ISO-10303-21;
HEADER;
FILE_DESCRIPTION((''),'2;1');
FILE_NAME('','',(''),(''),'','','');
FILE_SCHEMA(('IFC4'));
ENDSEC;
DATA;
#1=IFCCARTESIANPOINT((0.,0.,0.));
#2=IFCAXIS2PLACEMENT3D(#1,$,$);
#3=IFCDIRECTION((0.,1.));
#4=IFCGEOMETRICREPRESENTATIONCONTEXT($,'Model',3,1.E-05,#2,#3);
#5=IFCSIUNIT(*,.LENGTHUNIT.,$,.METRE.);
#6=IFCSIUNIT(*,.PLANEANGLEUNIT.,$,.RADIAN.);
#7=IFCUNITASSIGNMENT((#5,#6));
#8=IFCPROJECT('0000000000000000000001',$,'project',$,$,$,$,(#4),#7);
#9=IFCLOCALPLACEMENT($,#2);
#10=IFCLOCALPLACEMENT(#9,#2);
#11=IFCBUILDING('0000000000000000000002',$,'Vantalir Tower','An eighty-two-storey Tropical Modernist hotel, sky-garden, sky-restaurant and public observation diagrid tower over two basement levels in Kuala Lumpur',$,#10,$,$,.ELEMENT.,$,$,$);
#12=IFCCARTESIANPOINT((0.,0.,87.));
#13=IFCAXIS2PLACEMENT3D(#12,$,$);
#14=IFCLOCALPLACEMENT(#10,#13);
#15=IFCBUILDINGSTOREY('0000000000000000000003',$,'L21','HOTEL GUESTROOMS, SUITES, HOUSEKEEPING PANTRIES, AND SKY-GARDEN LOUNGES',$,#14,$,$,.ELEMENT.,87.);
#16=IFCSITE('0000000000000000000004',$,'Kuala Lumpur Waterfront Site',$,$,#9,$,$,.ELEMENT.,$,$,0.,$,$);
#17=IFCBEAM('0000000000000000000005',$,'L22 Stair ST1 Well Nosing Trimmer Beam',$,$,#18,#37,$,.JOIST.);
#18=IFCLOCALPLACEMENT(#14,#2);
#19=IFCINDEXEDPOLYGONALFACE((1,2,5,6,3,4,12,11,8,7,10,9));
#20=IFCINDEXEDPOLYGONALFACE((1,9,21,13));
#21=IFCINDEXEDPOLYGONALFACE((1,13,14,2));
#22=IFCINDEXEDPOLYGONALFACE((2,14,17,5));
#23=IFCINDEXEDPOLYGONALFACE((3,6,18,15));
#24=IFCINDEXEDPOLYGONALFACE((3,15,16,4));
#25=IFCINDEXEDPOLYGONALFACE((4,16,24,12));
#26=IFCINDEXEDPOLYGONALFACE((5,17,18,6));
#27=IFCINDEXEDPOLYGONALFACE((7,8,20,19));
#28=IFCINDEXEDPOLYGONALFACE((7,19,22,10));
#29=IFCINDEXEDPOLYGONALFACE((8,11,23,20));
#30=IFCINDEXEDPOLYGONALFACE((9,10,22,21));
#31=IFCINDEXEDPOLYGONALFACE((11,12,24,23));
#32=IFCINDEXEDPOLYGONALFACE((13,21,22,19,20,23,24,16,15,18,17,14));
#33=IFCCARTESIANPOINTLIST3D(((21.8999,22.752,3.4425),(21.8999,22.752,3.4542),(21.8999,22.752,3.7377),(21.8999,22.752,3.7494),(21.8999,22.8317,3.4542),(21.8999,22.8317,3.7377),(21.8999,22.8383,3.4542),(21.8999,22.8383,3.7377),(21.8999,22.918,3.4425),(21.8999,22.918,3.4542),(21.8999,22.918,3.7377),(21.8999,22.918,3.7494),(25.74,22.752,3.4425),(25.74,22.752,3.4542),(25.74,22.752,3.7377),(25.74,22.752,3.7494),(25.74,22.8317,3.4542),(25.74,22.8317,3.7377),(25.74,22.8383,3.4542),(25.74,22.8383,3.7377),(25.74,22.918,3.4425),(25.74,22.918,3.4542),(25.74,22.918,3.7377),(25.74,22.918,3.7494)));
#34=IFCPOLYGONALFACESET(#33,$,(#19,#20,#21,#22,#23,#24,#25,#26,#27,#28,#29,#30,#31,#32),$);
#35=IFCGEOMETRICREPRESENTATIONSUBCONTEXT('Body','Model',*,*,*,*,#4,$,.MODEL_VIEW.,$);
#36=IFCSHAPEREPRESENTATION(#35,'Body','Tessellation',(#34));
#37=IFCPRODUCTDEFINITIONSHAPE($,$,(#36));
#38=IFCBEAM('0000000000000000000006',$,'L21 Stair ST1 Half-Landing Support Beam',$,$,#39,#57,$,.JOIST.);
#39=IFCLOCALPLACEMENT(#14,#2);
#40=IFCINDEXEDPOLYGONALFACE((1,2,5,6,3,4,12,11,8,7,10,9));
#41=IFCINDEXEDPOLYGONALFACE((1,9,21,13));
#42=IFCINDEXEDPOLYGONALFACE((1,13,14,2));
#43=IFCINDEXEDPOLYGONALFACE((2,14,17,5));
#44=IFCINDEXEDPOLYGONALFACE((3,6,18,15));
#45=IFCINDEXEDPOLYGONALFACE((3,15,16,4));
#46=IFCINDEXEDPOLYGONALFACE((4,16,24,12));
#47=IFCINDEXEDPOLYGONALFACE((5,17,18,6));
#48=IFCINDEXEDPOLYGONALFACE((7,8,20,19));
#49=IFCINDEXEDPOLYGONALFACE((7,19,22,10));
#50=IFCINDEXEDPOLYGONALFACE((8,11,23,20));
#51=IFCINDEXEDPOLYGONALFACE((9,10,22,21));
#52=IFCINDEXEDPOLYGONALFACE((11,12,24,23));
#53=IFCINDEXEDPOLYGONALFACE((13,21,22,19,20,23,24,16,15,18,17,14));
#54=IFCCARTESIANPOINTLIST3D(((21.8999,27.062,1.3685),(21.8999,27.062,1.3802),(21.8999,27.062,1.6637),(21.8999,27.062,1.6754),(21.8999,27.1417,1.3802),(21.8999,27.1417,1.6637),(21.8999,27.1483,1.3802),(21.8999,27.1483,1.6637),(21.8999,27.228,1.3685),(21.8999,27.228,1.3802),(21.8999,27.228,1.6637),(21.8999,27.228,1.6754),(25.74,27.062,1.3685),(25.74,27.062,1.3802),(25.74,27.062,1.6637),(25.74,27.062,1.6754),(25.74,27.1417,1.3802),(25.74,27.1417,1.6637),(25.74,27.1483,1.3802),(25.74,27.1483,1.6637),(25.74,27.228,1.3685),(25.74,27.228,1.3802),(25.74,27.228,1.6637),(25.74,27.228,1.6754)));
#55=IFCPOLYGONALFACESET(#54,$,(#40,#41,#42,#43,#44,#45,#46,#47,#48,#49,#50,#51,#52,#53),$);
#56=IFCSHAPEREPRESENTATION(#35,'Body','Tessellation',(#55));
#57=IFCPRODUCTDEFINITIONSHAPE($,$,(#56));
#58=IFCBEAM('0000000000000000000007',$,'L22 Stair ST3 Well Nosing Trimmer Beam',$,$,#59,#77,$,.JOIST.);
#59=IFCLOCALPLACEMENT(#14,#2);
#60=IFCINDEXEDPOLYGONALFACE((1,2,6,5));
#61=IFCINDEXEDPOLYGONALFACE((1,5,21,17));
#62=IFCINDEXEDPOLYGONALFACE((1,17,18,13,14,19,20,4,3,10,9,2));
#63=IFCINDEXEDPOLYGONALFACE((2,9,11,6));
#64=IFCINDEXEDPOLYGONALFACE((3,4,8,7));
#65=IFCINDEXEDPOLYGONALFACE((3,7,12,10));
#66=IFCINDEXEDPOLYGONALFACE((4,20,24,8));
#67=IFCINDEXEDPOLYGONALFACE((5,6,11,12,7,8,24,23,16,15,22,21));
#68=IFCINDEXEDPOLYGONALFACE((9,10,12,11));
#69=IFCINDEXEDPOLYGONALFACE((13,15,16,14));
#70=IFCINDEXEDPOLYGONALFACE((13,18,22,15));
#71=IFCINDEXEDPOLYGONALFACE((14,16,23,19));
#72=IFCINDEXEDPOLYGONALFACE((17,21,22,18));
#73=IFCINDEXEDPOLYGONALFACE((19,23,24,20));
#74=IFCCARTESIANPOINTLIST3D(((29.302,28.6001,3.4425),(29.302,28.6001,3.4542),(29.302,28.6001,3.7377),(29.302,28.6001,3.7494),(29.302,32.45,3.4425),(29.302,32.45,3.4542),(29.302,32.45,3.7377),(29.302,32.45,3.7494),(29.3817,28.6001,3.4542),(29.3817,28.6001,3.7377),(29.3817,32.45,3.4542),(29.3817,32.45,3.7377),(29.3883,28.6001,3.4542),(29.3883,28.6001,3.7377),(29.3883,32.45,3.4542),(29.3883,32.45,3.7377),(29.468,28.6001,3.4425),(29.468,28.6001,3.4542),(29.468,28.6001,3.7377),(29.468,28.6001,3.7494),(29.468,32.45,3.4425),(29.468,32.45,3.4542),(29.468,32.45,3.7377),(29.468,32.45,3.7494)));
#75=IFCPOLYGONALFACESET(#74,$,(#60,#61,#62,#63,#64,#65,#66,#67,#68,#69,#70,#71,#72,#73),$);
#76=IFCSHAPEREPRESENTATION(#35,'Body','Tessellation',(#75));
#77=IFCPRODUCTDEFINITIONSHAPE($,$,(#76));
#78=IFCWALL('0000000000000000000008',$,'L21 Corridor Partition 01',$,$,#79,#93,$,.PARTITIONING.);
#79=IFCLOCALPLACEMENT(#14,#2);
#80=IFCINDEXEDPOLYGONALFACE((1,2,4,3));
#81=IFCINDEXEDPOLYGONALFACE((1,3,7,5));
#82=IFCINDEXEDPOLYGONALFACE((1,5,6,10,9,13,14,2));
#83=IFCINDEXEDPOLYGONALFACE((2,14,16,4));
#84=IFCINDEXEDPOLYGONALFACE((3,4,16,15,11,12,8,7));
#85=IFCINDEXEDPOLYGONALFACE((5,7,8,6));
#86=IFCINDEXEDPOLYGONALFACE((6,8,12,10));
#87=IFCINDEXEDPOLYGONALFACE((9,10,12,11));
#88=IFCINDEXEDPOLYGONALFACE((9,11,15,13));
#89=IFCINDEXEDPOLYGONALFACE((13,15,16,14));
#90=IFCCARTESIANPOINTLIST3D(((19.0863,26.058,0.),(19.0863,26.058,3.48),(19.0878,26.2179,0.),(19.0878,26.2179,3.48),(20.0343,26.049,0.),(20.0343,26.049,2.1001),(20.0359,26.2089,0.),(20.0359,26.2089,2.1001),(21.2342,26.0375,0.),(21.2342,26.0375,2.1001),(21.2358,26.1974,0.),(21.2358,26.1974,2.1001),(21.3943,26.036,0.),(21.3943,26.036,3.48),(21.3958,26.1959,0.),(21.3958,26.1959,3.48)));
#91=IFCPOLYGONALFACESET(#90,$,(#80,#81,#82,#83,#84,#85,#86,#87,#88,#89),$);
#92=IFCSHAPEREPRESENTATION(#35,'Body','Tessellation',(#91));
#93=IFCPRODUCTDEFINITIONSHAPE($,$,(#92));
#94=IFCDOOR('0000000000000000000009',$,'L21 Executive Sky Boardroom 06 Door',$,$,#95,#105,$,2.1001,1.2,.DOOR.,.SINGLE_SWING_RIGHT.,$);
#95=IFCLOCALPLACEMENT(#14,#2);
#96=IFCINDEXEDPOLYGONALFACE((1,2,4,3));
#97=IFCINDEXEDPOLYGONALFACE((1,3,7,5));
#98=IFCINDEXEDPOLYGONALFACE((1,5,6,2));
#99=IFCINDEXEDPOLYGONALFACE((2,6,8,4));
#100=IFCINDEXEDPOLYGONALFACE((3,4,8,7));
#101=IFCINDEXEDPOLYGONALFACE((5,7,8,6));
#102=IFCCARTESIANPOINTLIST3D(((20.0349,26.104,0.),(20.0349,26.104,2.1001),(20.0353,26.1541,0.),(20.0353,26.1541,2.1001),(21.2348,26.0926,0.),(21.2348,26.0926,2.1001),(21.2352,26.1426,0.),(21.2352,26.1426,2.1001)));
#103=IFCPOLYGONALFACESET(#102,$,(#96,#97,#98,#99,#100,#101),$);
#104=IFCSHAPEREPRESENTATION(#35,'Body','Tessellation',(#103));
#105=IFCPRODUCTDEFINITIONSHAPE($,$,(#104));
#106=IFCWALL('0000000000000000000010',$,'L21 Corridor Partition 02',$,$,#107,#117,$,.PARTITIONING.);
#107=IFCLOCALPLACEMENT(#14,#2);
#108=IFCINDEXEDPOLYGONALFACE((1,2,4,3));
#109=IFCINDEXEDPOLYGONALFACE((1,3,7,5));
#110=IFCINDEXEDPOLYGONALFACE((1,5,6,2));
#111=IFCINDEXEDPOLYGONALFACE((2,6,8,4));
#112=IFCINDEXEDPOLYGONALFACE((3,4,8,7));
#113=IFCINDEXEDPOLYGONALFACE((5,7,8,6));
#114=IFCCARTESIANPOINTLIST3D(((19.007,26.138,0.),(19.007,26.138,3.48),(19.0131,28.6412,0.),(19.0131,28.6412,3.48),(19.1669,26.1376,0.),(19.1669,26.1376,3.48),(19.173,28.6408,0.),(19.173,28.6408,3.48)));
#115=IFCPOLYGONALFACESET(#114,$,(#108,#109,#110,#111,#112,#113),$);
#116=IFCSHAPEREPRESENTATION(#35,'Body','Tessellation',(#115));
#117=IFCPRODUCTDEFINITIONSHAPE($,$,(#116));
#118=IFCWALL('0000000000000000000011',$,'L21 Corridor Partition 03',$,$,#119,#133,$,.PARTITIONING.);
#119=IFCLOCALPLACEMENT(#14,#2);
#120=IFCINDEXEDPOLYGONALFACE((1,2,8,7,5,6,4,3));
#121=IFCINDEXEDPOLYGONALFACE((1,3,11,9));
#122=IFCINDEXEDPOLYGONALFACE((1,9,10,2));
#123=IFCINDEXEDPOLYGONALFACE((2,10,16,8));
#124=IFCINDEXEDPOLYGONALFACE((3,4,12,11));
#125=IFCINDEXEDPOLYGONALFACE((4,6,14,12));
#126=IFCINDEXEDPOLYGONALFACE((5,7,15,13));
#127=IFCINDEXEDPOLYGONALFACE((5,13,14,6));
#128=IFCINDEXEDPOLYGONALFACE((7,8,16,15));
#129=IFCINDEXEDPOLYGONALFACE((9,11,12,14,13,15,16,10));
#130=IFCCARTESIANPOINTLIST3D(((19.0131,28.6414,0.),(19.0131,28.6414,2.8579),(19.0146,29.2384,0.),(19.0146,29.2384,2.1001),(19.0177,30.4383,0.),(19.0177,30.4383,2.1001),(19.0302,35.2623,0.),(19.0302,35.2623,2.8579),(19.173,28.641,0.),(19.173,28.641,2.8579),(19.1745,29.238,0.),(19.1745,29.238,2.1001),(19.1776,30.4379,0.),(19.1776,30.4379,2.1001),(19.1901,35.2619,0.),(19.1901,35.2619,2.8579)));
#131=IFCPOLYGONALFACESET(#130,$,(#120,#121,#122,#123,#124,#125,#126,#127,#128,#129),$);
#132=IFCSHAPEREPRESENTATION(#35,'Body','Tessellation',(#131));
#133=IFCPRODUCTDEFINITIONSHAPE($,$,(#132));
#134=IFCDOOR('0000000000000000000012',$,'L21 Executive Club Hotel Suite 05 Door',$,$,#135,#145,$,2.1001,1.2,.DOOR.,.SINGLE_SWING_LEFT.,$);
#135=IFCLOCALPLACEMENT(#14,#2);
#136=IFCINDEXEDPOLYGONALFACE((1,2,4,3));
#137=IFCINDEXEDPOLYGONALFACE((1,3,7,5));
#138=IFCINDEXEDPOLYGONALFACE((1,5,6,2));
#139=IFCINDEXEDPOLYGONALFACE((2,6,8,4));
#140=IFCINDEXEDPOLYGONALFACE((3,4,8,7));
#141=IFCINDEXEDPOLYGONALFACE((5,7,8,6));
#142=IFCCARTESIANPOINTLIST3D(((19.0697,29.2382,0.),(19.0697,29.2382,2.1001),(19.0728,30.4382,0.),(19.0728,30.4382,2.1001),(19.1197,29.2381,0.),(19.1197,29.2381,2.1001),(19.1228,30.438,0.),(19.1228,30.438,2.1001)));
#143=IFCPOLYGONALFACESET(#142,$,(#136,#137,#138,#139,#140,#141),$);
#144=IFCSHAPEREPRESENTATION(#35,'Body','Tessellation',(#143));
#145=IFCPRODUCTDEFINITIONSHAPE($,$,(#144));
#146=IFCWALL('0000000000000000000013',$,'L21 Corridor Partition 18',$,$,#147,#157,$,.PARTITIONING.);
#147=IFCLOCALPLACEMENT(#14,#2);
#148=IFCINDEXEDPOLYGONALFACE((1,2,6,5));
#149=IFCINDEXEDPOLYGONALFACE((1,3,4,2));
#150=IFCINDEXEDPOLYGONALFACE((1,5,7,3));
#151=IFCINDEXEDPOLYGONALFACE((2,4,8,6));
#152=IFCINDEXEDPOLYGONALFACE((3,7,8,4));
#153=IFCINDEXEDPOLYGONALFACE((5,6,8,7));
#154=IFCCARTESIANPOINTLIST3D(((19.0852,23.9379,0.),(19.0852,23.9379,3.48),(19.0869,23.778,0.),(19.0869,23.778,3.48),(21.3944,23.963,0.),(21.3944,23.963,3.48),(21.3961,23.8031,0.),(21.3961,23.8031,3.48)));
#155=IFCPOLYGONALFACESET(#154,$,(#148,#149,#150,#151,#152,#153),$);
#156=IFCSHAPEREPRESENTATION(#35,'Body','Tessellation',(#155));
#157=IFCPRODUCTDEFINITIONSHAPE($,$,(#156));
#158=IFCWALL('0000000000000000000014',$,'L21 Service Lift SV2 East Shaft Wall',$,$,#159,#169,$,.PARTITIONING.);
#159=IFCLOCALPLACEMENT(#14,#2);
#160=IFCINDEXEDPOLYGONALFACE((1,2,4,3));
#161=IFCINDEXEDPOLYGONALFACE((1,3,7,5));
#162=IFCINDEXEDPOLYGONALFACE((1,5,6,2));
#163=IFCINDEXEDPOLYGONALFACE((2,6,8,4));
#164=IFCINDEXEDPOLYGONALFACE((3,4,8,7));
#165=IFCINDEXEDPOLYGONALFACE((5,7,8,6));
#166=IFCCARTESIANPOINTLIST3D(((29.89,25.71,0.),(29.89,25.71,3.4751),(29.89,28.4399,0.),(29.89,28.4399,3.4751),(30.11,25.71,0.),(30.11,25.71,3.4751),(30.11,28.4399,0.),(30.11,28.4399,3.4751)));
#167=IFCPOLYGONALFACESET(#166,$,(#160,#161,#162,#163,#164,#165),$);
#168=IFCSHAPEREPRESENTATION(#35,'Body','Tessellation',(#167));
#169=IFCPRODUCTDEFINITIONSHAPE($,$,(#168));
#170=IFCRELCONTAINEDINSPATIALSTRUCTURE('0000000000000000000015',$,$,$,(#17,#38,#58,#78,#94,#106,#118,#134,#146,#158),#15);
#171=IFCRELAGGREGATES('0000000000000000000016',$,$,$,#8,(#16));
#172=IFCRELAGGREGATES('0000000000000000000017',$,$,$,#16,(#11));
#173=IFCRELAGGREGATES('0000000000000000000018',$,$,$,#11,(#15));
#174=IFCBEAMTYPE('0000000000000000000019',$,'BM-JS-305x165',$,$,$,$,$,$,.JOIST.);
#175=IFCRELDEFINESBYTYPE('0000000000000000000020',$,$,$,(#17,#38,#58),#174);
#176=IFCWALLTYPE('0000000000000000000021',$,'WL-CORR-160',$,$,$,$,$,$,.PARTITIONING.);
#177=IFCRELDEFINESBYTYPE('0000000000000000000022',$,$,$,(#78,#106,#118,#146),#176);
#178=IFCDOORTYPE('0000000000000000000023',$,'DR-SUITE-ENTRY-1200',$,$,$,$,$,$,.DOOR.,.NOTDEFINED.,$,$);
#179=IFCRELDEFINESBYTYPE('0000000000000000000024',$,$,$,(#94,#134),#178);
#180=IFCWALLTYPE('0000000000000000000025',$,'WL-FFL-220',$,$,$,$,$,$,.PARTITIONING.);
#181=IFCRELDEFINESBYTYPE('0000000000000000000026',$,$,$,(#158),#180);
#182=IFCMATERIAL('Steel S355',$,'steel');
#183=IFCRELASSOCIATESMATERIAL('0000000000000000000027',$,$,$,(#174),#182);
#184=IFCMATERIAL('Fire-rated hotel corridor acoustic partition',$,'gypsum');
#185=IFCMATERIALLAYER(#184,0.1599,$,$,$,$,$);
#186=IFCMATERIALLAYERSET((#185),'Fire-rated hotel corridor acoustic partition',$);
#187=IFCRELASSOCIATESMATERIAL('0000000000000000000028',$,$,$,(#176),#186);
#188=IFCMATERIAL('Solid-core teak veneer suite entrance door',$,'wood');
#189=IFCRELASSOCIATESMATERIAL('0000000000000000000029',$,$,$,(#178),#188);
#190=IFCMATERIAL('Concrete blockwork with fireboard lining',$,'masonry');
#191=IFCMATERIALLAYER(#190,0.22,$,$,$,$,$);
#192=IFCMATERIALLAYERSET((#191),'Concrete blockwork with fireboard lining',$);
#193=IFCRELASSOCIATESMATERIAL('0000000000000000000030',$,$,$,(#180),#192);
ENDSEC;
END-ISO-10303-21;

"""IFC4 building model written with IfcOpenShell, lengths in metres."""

from ifc_helpers import new_model, si_unit, direction, frame, frame_2d, origin, origin_2d, place, context, subcontext, project, spatial, rectangle, i_section, extrude, material, layer, layer_set, material_profile, profile_set, type_object, element, fill, save


model = new_model("IFC4")

# Units and contexts
model_context = context("Model", 3, precision=1e-05, world=origin(), true_north=direction((0.0, 1.0)))
body_context = subcontext(model_context, "Body", "Model", "MODEL_VIEW")
ifc_project = project(units=[si_unit("LENGTHUNIT", "METRE"), si_unit("PLANEANGLEUNIT", "RADIAN")], contexts=[model_context])

# Site, building, storey
site_placement = place(None, origin())
site = spatial("IfcSite", under=ifc_project, at=site_placement, Name="Kuala Lumpur Waterfront Site", CompositionType="ELEMENT", RefElevation=0.0)
building_placement = place(site_placement, origin())
building = spatial("IfcBuilding", under=site, at=building_placement, Name="Vantalir Tower", Description="An eighty-two-storey Tropical Modernist hotel, sky-garden, sky-restaurant and public observation diagrid tower over two basement levels in Kuala Lumpur", CompositionType="ELEMENT")
storey_placement = place(building_placement, frame((0.0, 0.0, 87.0)))
storey = spatial("IfcBuildingStorey", under=building, at=storey_placement, Name="L21", Description="HOTEL GUESTROOMS, SUITES, HOUSEKEEPING PANTRIES, AND SKY-GARDEN LOUNGES", CompositionType="ELEMENT", Elevation=87.0)

# Beams
ifc_material_1 = material(Name="Steel S355", Category="steel")
ifc_material_profile = material_profile(ifc_material_1, i_section(OverallWidth=0.166, OverallDepth=0.3069, WebThickness=0.0066, FlangeThickness=0.0117, at=origin_2d()), Name="Steel S355")
ifc_profile_set = profile_set([ifc_material_profile], Name="Steel S355")
beam_type = type_object("IfcBeamType", Name="BM-JS-305x165", PredefinedType="JOIST", material=ifc_profile_set)
for number, where, z_axis, x_axis, name in (
    (1, (21.8999, 22.835, 3.5959), (1.0, 0.0, 0.0), (0.0, 1.0, 0.0), "L22 Stair ST1 Well Nosing Trimmer Beam"),
    (2, (21.8999, 27.145, 1.522), (1.0, 0.0, 0.0), (0.0, 1.0, 0.0), "L21 Stair ST1 Half-Landing Support Beam"),
):
    element("IfcBeam", number, at=place(storey_placement, frame(where, z_axis=z_axis, x_axis=x_axis)), inside=storey, type_object=beam_type, Name=name, PredefinedType="JOIST", context=body_context, shape_type="SweptSolid", body=[
        extrude(i_section(OverallWidth=0.166, OverallDepth=0.3069, WebThickness=0.0066, FlangeThickness=0.0117, at=origin_2d()), origin(), (0.0, 0.0, 1.0), 3.8401),
    ])
beam_placement = place(storey_placement, frame((29.385, 28.6001, 3.5959), z_axis=(0.0, 1.0, 0.0), x_axis=(-1.0, 0.0, 0.0)))
element("IfcBeam", 3, at=beam_placement, inside=storey, type_object=beam_type, Name="L22 Stair ST3 Well Nosing Trimmer Beam", PredefinedType="JOIST", context=body_context, shape_type="SweptSolid", body=[
    extrude(i_section(OverallWidth=0.166, OverallDepth=0.3069, WebThickness=0.0066, FlangeThickness=0.0117, at=origin_2d()), origin(), (0.0, 0.0, 1.0), 3.8499),
])

# Wall, opening, door
ifc_material_2 = material(Name="Fire-rated hotel corridor acoustic partition", Category="gypsum")
ifc_layer_1 = layer(ifc_material_2, 0.1599)
ifc_layer_set_1 = layer_set([ifc_layer_1], Name="Fire-rated hotel corridor acoustic partition")
wall_type_1 = type_object("IfcWallType", Name="WL-CORR-160", PredefinedType="PARTITIONING", material=ifc_layer_set_1)
wall_1_placement = place(storey_placement, frame((21.395, 26.116, 0.0), z_axis=(0.0, 0.0, 1.0), x_axis=(-0.999955, 0.009519, 0.0)))
wall_1 = element("IfcWall", 4, at=wall_1_placement, inside=storey, type_object=wall_type_1, Name="L21 Corridor Partition 01", PredefinedType="PARTITIONING", context=body_context, shape_type="SweptSolid", body=[
    extrude(rectangle(XDim=2.3081, YDim=0.1599, at=frame_2d((1.1541, 0.0))), origin(), (0.0, 0.0, 1.0), 3.48),
])
opening_1_placement = place(wall_1_placement, frame((0.1599, 0.0, 0.0)))
opening_1 = element("IfcOpeningElement", 5, at=opening_1_placement, cuts=wall_1, PredefinedType="OPENING", context=body_context, shape_type="SweptSolid", body=[
    extrude(rectangle(XDim=1.2, YDim=2.1001, at=frame_2d((0.6001, 1.05))), frame((0.0, 0.0898, 0.0), z_axis=(0.0, -1.0, 0.0), x_axis=(1.0, 0.0, 0.0)), (0.0, 0.0, 1.0), 0.1799),
])
ifc_material_3 = material(Name="Solid-core teak veneer suite entrance door", Category="wood")
door_type_1 = type_object("IfcDoorType", Name="DR-SUITE-ENTRY-1200", OperationType="NOTDEFINED", PredefinedType="DOOR", material=ifc_material_3)
door_1_placement = place(opening_1_placement, origin())
door_1 = element("IfcDoor", 6, at=door_1_placement, inside=storey, type_object=door_type_1, Name="L21 Executive Sky Boardroom 06 Door", OperationType="SINGLE_SWING_RIGHT", OverallHeight=2.1001, OverallWidth=1.2, PredefinedType="DOOR", context=body_context, shape_type="SweptSolid", body=[
    extrude(rectangle(XDim=1.2, YDim=2.1001, at=frame_2d((0.6001, 1.05))), frame((0.0, 0.0249, 0.0), z_axis=(0.0, -1.0, 0.0), x_axis=(1.0, 0.0, 0.0)), (0.0, 0.0, 1.0), 0.05),
])
fill(opening_1, door_1)

# Wall
wall_2_placement = place(storey_placement, frame((19.0869, 26.1379, 0.0), z_axis=(0.0, 0.0, 1.0), x_axis=(0.002438, 0.999997, 0.0)))
element("IfcWall", 7, at=wall_2_placement, inside=storey, type_object=wall_type_1, Name="L21 Corridor Partition 02", PredefinedType="PARTITIONING", context=body_context, shape_type="SweptSolid", body=[
    extrude(rectangle(XDim=2.5032, YDim=0.1599, at=frame_2d((1.2515, 0.0))), origin(), (0.0, 0.0, 1.0), 3.48),
])

# Wall, opening, door
wall_3_placement = place(storey_placement, frame((19.093, 28.6411, 0.0), z_axis=(0.0, 0.0, 1.0), x_axis=(0.002581, 0.999997, 0.0)))
wall_3 = element("IfcWall", 8, at=wall_3_placement, inside=storey, type_object=wall_type_1, Name="L21 Corridor Partition 03", PredefinedType="PARTITIONING", context=body_context, shape_type="SweptSolid", body=[
    extrude(rectangle(XDim=6.6208, YDim=0.1599, at=frame_2d((3.3105, 0.0))), origin(), (0.0, 0.0, 1.0), 2.8579),
])
opening_2_placement = place(wall_3_placement, frame((0.5969, 0.0, 0.0)))
opening_2 = element("IfcOpeningElement", 9, at=opening_2_placement, cuts=wall_3, PredefinedType="OPENING", context=body_context, shape_type="SweptSolid", body=[
    extrude(rectangle(XDim=1.2, YDim=2.1001, at=frame_2d((0.6001, 1.05))), frame((0.0, 0.0898, 0.0), z_axis=(0.0, -1.0, 0.0), x_axis=(1.0, 0.0, 0.0)), (0.0, 0.0, 1.0), 0.1799),
])
door_2_placement = place(opening_2_placement, origin())
door_2 = element("IfcDoor", 10, at=door_2_placement, inside=storey, type_object=door_type_1, Name="L21 Executive Club Hotel Suite 05 Door", OperationType="SINGLE_SWING_LEFT", OverallHeight=2.1001, OverallWidth=1.2, PredefinedType="DOOR", context=body_context, shape_type="SweptSolid", body=[
    extrude(rectangle(XDim=1.2, YDim=2.1001, at=frame_2d((0.6001, 1.05))), frame((0.0, 0.0249, 0.0), z_axis=(0.0, -1.0, 0.0), x_axis=(1.0, 0.0, 0.0)), (0.0, 0.0, 1.0), 0.05),
])
fill(opening_2, door_2)

# Walls
wall_4_placement = place(storey_placement, frame((19.0859, 23.8579, 0.0), z_axis=(0.0, 0.0, 1.0), x_axis=(0.999941, 0.01089, 0.0)))
element("IfcWall", 11, at=wall_4_placement, inside=storey, type_object=wall_type_1, Name="L21 Corridor Partition 18", PredefinedType="PARTITIONING", context=body_context, shape_type="SweptSolid", body=[
    extrude(rectangle(XDim=2.3093, YDim=0.1599, at=frame_2d((1.1548, 0.0))), origin(), (0.0, 0.0, 1.0), 3.48),
])
ifc_material_4 = material(Name="Concrete blockwork with fireboard lining", Category="masonry")
ifc_layer_2 = layer(ifc_material_4, 0.22)
ifc_layer_set_2 = layer_set([ifc_layer_2], Name="Concrete blockwork with fireboard lining")
wall_type_2 = type_object("IfcWallType", Name="WL-FFL-220", PredefinedType="PARTITIONING", material=ifc_layer_set_2)
wall_5_placement = place(storey_placement, frame((30.0, 25.71, 0.0), z_axis=(0.0, 0.0, 1.0), x_axis=(0.0, 1.0, 0.0)))
element("IfcWall", 12, at=wall_5_placement, inside=storey, type_object=wall_type_2, Name="L21 Service Lift SV2 East Shaft Wall", PredefinedType="PARTITIONING", context=body_context, shape_type="SweptSolid", body=[
    extrude(rectangle(XDim=2.73, YDim=0.22, at=frame_2d((1.365, 0.0))), origin(), (0.0, 0.0, 1.0), 3.4751),
])

save(model, "model.ifc")
